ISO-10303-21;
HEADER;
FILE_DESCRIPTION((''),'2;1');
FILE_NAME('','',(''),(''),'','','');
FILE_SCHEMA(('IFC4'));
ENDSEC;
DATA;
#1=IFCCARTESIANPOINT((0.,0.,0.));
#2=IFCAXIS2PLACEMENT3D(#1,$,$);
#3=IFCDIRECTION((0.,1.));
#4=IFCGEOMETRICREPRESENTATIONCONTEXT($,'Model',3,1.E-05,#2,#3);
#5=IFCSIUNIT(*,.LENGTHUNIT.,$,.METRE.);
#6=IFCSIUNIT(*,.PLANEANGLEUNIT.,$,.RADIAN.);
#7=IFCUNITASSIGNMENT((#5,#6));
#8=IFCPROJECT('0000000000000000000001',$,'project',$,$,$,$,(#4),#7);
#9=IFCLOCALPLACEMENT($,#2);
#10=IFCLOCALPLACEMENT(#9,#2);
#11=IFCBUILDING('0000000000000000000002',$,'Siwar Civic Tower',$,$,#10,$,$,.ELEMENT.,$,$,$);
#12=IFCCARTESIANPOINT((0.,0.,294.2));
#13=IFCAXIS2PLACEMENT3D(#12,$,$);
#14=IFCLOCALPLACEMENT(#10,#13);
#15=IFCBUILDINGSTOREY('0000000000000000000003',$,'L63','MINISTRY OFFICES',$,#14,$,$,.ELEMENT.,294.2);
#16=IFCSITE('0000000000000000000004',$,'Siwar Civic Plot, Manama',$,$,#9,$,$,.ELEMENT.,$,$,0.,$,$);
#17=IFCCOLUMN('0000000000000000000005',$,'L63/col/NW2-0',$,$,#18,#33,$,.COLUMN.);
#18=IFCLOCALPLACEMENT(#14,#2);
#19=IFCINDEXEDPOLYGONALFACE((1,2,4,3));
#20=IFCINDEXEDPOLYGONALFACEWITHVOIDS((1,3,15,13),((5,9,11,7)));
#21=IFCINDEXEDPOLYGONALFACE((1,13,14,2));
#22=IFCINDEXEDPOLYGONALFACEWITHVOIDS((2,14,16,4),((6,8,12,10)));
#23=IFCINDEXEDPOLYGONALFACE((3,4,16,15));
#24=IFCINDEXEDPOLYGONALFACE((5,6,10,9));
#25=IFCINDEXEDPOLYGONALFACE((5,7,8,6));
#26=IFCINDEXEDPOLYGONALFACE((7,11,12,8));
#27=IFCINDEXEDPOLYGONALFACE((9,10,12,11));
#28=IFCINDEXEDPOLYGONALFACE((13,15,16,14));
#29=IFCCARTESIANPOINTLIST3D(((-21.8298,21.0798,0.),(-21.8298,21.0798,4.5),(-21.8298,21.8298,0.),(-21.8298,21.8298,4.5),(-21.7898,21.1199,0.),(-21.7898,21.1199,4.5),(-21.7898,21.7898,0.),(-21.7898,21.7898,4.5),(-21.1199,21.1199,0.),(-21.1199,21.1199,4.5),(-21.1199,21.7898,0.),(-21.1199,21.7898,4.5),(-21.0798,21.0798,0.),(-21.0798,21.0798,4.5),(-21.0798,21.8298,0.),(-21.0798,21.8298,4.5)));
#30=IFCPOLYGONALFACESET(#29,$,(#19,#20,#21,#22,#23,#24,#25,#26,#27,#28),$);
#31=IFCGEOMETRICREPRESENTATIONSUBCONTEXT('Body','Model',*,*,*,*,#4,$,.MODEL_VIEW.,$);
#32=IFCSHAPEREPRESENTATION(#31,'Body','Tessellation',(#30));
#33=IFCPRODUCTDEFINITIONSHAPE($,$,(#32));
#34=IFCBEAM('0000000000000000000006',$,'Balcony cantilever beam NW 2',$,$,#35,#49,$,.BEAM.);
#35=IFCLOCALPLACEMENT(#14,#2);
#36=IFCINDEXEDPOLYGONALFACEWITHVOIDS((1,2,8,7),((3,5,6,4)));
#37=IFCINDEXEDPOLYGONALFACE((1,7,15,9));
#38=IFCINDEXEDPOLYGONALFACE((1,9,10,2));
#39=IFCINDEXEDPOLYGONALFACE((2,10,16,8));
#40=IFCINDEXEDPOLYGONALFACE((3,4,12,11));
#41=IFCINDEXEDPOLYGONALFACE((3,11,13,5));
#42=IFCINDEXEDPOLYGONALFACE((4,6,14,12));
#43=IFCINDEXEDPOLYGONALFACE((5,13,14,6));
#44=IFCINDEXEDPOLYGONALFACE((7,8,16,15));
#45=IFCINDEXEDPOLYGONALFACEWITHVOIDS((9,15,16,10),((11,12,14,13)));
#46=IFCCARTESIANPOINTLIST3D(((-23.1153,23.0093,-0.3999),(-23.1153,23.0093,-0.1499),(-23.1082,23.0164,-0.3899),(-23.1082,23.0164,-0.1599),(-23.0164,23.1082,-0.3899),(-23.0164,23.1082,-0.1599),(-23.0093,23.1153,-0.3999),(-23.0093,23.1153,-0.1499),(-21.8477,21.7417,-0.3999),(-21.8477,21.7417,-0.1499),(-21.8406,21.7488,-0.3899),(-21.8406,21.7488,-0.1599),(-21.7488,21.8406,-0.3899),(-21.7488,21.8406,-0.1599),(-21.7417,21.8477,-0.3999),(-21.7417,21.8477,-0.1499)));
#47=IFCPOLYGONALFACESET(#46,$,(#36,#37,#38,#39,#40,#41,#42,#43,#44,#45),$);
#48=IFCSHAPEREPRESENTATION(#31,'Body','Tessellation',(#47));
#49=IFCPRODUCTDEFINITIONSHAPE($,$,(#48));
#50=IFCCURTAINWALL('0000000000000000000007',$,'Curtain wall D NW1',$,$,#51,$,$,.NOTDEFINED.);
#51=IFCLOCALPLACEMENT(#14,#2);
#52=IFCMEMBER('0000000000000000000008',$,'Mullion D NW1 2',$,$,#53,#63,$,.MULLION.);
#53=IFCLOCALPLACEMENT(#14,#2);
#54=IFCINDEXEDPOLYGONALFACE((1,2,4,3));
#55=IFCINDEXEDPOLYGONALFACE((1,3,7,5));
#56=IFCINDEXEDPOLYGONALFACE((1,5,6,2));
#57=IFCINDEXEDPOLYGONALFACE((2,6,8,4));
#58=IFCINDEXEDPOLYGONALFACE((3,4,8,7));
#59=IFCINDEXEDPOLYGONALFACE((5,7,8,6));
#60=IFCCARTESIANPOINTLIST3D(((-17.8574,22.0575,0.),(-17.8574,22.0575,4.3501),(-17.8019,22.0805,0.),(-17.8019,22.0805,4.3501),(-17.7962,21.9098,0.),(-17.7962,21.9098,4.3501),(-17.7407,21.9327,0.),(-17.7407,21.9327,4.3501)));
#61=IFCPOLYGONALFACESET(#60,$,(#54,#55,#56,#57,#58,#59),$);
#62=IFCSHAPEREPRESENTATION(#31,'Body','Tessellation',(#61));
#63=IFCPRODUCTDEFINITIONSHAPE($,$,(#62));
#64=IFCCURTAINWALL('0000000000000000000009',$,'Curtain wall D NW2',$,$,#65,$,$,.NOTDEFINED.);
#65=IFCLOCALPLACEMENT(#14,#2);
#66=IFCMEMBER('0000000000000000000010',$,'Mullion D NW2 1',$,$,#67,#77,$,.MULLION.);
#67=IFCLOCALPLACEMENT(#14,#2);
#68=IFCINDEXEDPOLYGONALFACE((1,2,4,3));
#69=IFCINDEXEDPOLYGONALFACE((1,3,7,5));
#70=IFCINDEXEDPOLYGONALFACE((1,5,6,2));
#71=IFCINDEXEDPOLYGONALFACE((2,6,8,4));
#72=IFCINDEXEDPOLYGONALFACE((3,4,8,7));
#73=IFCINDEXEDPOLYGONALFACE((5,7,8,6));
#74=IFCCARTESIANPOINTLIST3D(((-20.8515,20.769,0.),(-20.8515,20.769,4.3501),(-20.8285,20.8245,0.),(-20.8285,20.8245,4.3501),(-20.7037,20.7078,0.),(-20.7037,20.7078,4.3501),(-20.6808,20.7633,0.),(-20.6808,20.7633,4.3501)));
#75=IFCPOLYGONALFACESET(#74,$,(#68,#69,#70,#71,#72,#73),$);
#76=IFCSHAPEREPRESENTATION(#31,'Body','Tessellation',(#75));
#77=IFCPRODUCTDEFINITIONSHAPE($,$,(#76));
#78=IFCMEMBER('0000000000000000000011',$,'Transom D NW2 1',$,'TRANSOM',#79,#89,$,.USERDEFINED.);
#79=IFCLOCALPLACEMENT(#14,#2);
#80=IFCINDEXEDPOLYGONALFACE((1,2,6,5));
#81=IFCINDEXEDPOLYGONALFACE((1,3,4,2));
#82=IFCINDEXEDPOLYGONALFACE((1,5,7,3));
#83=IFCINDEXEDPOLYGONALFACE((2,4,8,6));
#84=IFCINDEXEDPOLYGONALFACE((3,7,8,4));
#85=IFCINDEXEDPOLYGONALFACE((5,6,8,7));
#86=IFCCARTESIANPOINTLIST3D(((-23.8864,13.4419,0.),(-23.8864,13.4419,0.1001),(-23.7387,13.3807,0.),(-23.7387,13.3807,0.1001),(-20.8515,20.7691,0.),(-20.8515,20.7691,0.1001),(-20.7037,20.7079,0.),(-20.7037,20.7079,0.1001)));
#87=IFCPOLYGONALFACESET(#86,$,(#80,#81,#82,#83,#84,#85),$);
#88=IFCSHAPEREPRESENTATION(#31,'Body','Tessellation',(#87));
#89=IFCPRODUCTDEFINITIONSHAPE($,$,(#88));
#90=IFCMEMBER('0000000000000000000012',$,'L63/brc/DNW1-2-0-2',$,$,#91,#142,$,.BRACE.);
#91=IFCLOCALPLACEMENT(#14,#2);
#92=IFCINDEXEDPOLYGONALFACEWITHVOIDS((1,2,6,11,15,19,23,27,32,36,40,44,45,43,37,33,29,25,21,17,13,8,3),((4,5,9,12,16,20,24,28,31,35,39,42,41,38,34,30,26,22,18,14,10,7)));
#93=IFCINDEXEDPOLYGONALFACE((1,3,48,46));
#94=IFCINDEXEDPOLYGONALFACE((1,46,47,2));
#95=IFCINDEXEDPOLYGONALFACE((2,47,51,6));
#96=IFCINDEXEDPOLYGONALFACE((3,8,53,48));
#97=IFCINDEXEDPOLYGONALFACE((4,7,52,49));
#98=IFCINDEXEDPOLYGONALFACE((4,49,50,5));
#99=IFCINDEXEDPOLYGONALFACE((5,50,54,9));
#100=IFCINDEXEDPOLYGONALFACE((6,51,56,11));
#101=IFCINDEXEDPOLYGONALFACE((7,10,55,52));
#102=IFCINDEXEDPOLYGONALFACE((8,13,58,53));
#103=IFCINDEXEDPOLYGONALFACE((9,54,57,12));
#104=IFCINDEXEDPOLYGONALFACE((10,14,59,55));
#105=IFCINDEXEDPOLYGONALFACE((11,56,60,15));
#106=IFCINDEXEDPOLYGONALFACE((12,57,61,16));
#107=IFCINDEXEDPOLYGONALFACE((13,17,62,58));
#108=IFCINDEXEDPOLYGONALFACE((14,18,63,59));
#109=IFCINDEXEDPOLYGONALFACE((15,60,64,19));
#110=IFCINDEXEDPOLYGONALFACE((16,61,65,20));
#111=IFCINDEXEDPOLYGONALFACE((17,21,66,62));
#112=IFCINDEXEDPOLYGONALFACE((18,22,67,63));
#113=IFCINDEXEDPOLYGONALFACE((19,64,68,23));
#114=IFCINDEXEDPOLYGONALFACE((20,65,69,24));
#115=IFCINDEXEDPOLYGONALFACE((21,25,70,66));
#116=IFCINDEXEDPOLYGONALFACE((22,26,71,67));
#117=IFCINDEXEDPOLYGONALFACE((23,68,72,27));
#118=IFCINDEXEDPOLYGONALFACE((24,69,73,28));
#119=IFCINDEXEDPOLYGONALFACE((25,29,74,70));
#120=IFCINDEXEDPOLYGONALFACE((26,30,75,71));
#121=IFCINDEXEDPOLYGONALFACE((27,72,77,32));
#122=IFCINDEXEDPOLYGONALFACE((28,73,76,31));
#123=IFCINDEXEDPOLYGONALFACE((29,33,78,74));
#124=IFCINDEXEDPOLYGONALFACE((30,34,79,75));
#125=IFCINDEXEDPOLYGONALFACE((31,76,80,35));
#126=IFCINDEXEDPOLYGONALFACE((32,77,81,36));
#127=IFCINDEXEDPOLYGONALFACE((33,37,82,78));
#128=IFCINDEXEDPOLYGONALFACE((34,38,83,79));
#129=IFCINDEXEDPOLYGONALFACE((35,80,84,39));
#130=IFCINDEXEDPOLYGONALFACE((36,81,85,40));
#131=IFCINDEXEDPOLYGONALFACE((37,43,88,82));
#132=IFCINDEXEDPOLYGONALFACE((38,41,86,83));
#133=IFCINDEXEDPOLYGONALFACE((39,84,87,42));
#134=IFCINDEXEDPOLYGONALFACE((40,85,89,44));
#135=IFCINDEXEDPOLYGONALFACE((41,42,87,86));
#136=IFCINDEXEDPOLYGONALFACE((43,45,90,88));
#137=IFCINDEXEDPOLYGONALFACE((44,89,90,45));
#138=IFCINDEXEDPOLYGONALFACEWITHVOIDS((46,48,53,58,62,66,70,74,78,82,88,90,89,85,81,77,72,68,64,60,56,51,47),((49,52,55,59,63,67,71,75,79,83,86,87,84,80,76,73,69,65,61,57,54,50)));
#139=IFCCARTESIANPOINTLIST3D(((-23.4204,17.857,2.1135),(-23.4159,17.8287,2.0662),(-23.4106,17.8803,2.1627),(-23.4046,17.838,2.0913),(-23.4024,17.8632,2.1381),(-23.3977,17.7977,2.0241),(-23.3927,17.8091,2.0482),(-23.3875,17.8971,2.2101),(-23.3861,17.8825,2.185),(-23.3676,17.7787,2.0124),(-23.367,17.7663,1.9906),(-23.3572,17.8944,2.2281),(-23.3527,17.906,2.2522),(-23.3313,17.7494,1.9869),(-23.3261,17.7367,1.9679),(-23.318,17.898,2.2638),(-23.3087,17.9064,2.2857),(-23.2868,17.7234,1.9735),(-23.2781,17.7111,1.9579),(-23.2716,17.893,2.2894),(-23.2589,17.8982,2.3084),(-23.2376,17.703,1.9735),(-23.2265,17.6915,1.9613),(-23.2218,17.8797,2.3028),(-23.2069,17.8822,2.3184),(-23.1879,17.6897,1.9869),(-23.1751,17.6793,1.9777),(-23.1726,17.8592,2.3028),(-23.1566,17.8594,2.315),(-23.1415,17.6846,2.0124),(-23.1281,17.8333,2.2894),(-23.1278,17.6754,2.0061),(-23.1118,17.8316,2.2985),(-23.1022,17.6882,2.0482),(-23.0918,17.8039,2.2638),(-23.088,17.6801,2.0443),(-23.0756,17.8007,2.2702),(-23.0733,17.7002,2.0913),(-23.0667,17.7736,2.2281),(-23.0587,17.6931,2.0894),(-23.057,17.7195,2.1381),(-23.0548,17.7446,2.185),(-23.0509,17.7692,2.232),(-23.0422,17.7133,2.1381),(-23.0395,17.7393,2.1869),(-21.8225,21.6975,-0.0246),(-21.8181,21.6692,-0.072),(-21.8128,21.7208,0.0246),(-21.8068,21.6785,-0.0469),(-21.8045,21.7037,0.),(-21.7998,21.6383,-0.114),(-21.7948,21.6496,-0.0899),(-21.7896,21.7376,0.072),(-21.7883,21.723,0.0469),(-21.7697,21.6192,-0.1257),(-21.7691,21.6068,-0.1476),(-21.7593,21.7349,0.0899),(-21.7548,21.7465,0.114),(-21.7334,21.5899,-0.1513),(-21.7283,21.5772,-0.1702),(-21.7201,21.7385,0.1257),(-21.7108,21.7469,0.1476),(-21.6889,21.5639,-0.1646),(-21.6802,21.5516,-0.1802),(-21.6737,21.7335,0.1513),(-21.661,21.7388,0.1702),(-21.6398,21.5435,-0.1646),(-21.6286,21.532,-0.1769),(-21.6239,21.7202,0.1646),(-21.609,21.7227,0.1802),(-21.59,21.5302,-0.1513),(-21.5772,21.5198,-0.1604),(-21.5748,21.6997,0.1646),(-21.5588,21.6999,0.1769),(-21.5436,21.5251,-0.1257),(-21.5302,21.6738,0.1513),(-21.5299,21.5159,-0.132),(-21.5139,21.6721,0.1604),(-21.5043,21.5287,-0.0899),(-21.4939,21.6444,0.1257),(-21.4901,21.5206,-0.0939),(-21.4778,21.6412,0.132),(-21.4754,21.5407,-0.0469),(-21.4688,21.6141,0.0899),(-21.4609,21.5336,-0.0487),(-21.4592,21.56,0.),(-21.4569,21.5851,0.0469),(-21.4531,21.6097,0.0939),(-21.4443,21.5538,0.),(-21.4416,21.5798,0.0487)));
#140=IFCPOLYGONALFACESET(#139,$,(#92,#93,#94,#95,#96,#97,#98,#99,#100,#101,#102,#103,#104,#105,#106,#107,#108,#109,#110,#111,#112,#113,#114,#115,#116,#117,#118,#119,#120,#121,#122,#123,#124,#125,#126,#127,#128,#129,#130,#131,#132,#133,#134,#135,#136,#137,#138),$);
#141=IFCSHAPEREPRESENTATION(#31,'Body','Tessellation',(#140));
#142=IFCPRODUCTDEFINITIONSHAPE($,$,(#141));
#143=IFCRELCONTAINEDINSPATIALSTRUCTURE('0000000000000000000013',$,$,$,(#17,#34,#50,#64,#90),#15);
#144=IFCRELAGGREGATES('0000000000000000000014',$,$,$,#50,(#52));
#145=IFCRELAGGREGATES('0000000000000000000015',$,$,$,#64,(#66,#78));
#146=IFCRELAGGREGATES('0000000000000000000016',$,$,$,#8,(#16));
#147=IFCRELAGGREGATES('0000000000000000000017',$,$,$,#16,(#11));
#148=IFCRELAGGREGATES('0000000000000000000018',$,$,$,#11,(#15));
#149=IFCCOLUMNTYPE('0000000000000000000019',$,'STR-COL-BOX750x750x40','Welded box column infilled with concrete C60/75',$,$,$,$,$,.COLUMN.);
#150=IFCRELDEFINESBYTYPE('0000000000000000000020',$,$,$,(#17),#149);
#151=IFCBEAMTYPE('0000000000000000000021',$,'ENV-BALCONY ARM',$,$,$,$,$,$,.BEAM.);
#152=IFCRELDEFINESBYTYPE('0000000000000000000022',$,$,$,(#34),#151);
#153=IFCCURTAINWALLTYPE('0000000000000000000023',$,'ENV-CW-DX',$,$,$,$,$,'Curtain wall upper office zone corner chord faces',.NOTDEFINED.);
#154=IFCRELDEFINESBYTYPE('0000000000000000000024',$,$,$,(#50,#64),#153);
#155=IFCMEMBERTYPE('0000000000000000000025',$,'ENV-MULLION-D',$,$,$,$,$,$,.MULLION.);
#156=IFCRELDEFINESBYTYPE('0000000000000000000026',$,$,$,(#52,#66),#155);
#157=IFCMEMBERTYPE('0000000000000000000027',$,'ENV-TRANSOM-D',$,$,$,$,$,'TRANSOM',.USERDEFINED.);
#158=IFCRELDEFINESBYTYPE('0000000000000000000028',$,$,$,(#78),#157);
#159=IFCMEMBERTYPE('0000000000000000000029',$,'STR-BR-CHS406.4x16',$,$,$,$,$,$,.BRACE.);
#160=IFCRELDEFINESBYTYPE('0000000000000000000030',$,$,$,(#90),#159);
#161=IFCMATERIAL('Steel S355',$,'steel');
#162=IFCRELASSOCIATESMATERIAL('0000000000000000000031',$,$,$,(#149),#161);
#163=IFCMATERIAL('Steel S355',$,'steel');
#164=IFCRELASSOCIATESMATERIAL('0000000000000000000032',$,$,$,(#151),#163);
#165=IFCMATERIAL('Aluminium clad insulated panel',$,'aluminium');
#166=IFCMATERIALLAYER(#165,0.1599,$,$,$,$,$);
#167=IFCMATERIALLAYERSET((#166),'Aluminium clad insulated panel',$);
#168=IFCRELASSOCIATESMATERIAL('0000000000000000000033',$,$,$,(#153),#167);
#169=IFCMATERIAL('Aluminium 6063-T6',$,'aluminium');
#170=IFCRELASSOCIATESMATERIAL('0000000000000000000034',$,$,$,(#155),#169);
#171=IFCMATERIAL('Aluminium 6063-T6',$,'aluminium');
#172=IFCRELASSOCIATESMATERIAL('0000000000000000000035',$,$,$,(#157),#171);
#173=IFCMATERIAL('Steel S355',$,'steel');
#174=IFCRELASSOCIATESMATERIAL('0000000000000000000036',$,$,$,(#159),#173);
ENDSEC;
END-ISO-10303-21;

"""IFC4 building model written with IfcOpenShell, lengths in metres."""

from ifc_helpers import new_model, si_unit, direction, frame, origin, origin_2d, place, context, subcontext, project, spatial, rectangle, hollow_rectangle, hollow_circle, extrude, material, layer, layer_set, material_profile, profile_set, type_object, element, aggregate, save


model = new_model("IFC4")

# Units and contexts
model_context = context("Model", 3, precision=1e-05, world=origin(), true_north=direction((0.0, 1.0)))
body_context = subcontext(model_context, "Body", "Model", "MODEL_VIEW")
ifc_project = project(units=[si_unit("LENGTHUNIT", "METRE"), si_unit("PLANEANGLEUNIT", "RADIAN")], contexts=[model_context])

# Site, building, storey
site_placement = place(None, origin())
site = spatial("IfcSite", under=ifc_project, at=site_placement, Name="Siwar Civic Plot, Manama", CompositionType="ELEMENT", RefElevation=0.0)
building_placement = place(site_placement, origin())
building = spatial("IfcBuilding", under=site, at=building_placement, Name="Siwar Civic Tower", CompositionType="ELEMENT")
storey_placement = place(building_placement, frame((0.0, 0.0, 294.2)))
storey = spatial("IfcBuildingStorey", under=building, at=storey_placement, Name="L63", Description="MINISTRY OFFICES", CompositionType="ELEMENT", Elevation=294.2)

# Column
ifc_material_1 = material(Name="Steel S355", Category="steel")
ifc_material_profile_1 = material_profile(ifc_material_1, hollow_rectangle(XDim=0.75, YDim=0.75, WallThickness=0.04, at=origin_2d()), Name="BOX750x750x40")
ifc_profile_set_1 = profile_set([ifc_material_profile_1], Name="Steel S355")
column_type = type_object("IfcColumnType", Name="STR-COL-BOX750x750x40", Description="Welded box column infilled with concrete C60/75", PredefinedType="COLUMN", material=ifc_profile_set_1)
column_placement = place(storey_placement, frame((-21.4548, 21.4548, 0.0), z_axis=(0.0, 0.0, 1.0), x_axis=(1.0, 0.0, 0.0)))
element("IfcColumn", 1, at=column_placement, inside=storey, type_object=column_type, Name="L63/col/NW2-0", PredefinedType="COLUMN", context=body_context, shape_type="SweptSolid", body=[
    extrude(hollow_rectangle(XDim=0.75, YDim=0.75, WallThickness=0.04, at=origin_2d()), origin(), (0.0, 0.0, 1.0), 4.5),
])

# Beam
ifc_material_2 = material(Name="Steel S355", Category="steel")
ifc_material_profile_2 = material_profile(ifc_material_2, hollow_rectangle(XDim=0.1499, YDim=0.25, WallThickness=0.01, at=origin_2d()), Name="RHS250x150x10")
ifc_profile_set_2 = profile_set([ifc_material_profile_2], Name="Steel S355")
beam_type_1 = type_object("IfcBeamType", Name="ENV-BALCONY ARM", PredefinedType="BEAM", material=ifc_profile_set_2)
beam_1_placement = place(storey_placement, frame((-21.7947, 21.7947, -0.2749), z_axis=(-0.707107, 0.707107, 0.0), x_axis=(-0.707107, -0.707107, 0.0)))
element("IfcBeam", 2, at=beam_1_placement, inside=storey, type_object=beam_type_1, Name="Balcony cantilever beam NW 2", PredefinedType="BEAM", context=body_context, shape_type="SweptSolid", body=[
    extrude(hollow_rectangle(XDim=0.1499, YDim=0.25, WallThickness=0.01, at=origin_2d()), origin(), (0.0, 0.0, 1.0), 1.7927),
])

# Curtain wall, member
ifc_material_3 = material(Name="Aluminium clad insulated panel", Category="aluminium")
ifc_layer_1 = layer(ifc_material_3, 0.1599)
ifc_layer_set_1 = layer_set([ifc_layer_1], Name="Aluminium clad insulated panel")
curtain_wall_type = type_object("IfcCurtainWallType", Name="ENV-CW-DX", ElementType="Curtain wall upper office zone corner chord faces", PredefinedType="NOTDEFINED", material=ifc_layer_set_1)
curtain_wall_1_placement = place(storey_placement, origin())
curtain_wall_1 = element("IfcCurtainWall", 3, at=curtain_wall_1_placement, inside=storey, type_object=curtain_wall_type, Name="Curtain wall D NW1", PredefinedType="NOTDEFINED")
ifc_material_4 = material(Name="Aluminium 6063-T6", Category="aluminium")
ifc_material_profile_3 = material_profile(ifc_material_4, rectangle(XDim=0.1599, YDim=0.0601, at=origin_2d()), Name="AL 160x60")
ifc_profile_set_3 = profile_set([ifc_material_profile_3], Name="Aluminium 6063-T6")
member_type_1 = type_object("IfcMemberType", Name="ENV-MULLION-D", PredefinedType="MULLION", material=ifc_profile_set_3)
member_1_placement = place(storey_placement, frame((-17.7991, 21.9951, 0.0), z_axis=(0.0, 0.0, 1.0), x_axis=(0.382683, -0.92388, 0.0)))
member_1 = element("IfcMember", 4, at=member_1_placement, type_object=member_type_1, Name="Mullion D NW1 2", PredefinedType="MULLION", context=body_context, shape_type="SweptSolid", body=[
    extrude(rectangle(XDim=0.1599, YDim=0.0601, at=origin_2d()), origin(), (0.0, 0.0, 1.0), 4.3501),
])

# Curtain wall, members
curtain_wall_2_placement = place(storey_placement, origin())
curtain_wall_2 = element("IfcCurtainWall", 5, at=curtain_wall_2_placement, inside=storey, type_object=curtain_wall_type, Name="Curtain wall D NW2", PredefinedType="NOTDEFINED")
member_2_placement = place(storey_placement, frame((-20.7661, 20.7661, 0.0), z_axis=(0.0, 0.0, 1.0), x_axis=(0.92388, -0.382683, 0.0)))
member_2 = element("IfcMember", 6, at=member_2_placement, type_object=member_type_1, Name="Mullion D NW2 1", PredefinedType="MULLION", context=body_context, shape_type="SweptSolid", body=[
    extrude(rectangle(XDim=0.1599, YDim=0.0601, at=origin_2d()), origin(), (0.0, 0.0, 1.0), 4.3501),
])
ifc_material_5 = material(Name="Aluminium 6063-T6", Category="aluminium")
ifc_material_profile_4 = material_profile(ifc_material_5, rectangle(XDim=0.1599, YDim=0.1001, at=origin_2d()), Name="AL 160x100")
ifc_profile_set_4 = profile_set([ifc_material_profile_4], Name="Aluminium 6063-T6")
member_type_2 = type_object("IfcMemberType", Name="ENV-TRANSOM-D", ElementType="TRANSOM", PredefinedType="USERDEFINED", material=ifc_profile_set_4)
member_3_placement = place(storey_placement, frame((-20.7776, 20.7385, 0.05), z_axis=(-0.382674, -0.923884, 0.0), x_axis=(0.923884, -0.382674, 0.0)))
member_3 = element("IfcMember", 7, at=member_3_placement, type_object=member_type_2, Name="Transom D NW2 1", ObjectType="TRANSOM", PredefinedType="USERDEFINED", context=body_context, shape_type="SweptSolid", body=[
    extrude(rectangle(XDim=0.1599, YDim=0.1001, at=origin_2d()), origin(), (0.0, 0.0, 1.0), 7.9309),
])

# Member
ifc_material_6 = material(Name="Steel S355", Category="steel")
ifc_material_profile_5 = material_profile(ifc_material_6, hollow_circle(Radius=0.2031, WallThickness=0.0161, at=origin_2d()), Name="CHS406.4x16")
ifc_profile_set_5 = profile_set([ifc_material_profile_5], Name="Steel S355")
member_type_3 = type_object("IfcMemberType", Name="STR-BR-CHS406.4x16", PredefinedType="BRACE", material=ifc_profile_set_5)
member_4_placement = place(storey_placement, frame((-21.6318, 21.6318, 0.0), z_axis=(-0.341644, -0.821147, 0.457161), x_axis=(0.923276, -0.384136, 0.0)))
element("IfcMember", 8, at=member_4_placement, inside=storey, type_object=member_type_3, Name="L63/brc/DNW1-2-0-2", PredefinedType="BRACE", context=body_context, shape_type="SweptSolid", body=[
    extrude(hollow_circle(Radius=0.2031, WallThickness=0.0161, at=origin_2d()), origin(), (0.0, 0.0, 1.0), 4.677),
])

aggregate(curtain_wall_1, [member_1])
aggregate(curtain_wall_2, [member_2, member_3])

save(model, "model.ifc")
